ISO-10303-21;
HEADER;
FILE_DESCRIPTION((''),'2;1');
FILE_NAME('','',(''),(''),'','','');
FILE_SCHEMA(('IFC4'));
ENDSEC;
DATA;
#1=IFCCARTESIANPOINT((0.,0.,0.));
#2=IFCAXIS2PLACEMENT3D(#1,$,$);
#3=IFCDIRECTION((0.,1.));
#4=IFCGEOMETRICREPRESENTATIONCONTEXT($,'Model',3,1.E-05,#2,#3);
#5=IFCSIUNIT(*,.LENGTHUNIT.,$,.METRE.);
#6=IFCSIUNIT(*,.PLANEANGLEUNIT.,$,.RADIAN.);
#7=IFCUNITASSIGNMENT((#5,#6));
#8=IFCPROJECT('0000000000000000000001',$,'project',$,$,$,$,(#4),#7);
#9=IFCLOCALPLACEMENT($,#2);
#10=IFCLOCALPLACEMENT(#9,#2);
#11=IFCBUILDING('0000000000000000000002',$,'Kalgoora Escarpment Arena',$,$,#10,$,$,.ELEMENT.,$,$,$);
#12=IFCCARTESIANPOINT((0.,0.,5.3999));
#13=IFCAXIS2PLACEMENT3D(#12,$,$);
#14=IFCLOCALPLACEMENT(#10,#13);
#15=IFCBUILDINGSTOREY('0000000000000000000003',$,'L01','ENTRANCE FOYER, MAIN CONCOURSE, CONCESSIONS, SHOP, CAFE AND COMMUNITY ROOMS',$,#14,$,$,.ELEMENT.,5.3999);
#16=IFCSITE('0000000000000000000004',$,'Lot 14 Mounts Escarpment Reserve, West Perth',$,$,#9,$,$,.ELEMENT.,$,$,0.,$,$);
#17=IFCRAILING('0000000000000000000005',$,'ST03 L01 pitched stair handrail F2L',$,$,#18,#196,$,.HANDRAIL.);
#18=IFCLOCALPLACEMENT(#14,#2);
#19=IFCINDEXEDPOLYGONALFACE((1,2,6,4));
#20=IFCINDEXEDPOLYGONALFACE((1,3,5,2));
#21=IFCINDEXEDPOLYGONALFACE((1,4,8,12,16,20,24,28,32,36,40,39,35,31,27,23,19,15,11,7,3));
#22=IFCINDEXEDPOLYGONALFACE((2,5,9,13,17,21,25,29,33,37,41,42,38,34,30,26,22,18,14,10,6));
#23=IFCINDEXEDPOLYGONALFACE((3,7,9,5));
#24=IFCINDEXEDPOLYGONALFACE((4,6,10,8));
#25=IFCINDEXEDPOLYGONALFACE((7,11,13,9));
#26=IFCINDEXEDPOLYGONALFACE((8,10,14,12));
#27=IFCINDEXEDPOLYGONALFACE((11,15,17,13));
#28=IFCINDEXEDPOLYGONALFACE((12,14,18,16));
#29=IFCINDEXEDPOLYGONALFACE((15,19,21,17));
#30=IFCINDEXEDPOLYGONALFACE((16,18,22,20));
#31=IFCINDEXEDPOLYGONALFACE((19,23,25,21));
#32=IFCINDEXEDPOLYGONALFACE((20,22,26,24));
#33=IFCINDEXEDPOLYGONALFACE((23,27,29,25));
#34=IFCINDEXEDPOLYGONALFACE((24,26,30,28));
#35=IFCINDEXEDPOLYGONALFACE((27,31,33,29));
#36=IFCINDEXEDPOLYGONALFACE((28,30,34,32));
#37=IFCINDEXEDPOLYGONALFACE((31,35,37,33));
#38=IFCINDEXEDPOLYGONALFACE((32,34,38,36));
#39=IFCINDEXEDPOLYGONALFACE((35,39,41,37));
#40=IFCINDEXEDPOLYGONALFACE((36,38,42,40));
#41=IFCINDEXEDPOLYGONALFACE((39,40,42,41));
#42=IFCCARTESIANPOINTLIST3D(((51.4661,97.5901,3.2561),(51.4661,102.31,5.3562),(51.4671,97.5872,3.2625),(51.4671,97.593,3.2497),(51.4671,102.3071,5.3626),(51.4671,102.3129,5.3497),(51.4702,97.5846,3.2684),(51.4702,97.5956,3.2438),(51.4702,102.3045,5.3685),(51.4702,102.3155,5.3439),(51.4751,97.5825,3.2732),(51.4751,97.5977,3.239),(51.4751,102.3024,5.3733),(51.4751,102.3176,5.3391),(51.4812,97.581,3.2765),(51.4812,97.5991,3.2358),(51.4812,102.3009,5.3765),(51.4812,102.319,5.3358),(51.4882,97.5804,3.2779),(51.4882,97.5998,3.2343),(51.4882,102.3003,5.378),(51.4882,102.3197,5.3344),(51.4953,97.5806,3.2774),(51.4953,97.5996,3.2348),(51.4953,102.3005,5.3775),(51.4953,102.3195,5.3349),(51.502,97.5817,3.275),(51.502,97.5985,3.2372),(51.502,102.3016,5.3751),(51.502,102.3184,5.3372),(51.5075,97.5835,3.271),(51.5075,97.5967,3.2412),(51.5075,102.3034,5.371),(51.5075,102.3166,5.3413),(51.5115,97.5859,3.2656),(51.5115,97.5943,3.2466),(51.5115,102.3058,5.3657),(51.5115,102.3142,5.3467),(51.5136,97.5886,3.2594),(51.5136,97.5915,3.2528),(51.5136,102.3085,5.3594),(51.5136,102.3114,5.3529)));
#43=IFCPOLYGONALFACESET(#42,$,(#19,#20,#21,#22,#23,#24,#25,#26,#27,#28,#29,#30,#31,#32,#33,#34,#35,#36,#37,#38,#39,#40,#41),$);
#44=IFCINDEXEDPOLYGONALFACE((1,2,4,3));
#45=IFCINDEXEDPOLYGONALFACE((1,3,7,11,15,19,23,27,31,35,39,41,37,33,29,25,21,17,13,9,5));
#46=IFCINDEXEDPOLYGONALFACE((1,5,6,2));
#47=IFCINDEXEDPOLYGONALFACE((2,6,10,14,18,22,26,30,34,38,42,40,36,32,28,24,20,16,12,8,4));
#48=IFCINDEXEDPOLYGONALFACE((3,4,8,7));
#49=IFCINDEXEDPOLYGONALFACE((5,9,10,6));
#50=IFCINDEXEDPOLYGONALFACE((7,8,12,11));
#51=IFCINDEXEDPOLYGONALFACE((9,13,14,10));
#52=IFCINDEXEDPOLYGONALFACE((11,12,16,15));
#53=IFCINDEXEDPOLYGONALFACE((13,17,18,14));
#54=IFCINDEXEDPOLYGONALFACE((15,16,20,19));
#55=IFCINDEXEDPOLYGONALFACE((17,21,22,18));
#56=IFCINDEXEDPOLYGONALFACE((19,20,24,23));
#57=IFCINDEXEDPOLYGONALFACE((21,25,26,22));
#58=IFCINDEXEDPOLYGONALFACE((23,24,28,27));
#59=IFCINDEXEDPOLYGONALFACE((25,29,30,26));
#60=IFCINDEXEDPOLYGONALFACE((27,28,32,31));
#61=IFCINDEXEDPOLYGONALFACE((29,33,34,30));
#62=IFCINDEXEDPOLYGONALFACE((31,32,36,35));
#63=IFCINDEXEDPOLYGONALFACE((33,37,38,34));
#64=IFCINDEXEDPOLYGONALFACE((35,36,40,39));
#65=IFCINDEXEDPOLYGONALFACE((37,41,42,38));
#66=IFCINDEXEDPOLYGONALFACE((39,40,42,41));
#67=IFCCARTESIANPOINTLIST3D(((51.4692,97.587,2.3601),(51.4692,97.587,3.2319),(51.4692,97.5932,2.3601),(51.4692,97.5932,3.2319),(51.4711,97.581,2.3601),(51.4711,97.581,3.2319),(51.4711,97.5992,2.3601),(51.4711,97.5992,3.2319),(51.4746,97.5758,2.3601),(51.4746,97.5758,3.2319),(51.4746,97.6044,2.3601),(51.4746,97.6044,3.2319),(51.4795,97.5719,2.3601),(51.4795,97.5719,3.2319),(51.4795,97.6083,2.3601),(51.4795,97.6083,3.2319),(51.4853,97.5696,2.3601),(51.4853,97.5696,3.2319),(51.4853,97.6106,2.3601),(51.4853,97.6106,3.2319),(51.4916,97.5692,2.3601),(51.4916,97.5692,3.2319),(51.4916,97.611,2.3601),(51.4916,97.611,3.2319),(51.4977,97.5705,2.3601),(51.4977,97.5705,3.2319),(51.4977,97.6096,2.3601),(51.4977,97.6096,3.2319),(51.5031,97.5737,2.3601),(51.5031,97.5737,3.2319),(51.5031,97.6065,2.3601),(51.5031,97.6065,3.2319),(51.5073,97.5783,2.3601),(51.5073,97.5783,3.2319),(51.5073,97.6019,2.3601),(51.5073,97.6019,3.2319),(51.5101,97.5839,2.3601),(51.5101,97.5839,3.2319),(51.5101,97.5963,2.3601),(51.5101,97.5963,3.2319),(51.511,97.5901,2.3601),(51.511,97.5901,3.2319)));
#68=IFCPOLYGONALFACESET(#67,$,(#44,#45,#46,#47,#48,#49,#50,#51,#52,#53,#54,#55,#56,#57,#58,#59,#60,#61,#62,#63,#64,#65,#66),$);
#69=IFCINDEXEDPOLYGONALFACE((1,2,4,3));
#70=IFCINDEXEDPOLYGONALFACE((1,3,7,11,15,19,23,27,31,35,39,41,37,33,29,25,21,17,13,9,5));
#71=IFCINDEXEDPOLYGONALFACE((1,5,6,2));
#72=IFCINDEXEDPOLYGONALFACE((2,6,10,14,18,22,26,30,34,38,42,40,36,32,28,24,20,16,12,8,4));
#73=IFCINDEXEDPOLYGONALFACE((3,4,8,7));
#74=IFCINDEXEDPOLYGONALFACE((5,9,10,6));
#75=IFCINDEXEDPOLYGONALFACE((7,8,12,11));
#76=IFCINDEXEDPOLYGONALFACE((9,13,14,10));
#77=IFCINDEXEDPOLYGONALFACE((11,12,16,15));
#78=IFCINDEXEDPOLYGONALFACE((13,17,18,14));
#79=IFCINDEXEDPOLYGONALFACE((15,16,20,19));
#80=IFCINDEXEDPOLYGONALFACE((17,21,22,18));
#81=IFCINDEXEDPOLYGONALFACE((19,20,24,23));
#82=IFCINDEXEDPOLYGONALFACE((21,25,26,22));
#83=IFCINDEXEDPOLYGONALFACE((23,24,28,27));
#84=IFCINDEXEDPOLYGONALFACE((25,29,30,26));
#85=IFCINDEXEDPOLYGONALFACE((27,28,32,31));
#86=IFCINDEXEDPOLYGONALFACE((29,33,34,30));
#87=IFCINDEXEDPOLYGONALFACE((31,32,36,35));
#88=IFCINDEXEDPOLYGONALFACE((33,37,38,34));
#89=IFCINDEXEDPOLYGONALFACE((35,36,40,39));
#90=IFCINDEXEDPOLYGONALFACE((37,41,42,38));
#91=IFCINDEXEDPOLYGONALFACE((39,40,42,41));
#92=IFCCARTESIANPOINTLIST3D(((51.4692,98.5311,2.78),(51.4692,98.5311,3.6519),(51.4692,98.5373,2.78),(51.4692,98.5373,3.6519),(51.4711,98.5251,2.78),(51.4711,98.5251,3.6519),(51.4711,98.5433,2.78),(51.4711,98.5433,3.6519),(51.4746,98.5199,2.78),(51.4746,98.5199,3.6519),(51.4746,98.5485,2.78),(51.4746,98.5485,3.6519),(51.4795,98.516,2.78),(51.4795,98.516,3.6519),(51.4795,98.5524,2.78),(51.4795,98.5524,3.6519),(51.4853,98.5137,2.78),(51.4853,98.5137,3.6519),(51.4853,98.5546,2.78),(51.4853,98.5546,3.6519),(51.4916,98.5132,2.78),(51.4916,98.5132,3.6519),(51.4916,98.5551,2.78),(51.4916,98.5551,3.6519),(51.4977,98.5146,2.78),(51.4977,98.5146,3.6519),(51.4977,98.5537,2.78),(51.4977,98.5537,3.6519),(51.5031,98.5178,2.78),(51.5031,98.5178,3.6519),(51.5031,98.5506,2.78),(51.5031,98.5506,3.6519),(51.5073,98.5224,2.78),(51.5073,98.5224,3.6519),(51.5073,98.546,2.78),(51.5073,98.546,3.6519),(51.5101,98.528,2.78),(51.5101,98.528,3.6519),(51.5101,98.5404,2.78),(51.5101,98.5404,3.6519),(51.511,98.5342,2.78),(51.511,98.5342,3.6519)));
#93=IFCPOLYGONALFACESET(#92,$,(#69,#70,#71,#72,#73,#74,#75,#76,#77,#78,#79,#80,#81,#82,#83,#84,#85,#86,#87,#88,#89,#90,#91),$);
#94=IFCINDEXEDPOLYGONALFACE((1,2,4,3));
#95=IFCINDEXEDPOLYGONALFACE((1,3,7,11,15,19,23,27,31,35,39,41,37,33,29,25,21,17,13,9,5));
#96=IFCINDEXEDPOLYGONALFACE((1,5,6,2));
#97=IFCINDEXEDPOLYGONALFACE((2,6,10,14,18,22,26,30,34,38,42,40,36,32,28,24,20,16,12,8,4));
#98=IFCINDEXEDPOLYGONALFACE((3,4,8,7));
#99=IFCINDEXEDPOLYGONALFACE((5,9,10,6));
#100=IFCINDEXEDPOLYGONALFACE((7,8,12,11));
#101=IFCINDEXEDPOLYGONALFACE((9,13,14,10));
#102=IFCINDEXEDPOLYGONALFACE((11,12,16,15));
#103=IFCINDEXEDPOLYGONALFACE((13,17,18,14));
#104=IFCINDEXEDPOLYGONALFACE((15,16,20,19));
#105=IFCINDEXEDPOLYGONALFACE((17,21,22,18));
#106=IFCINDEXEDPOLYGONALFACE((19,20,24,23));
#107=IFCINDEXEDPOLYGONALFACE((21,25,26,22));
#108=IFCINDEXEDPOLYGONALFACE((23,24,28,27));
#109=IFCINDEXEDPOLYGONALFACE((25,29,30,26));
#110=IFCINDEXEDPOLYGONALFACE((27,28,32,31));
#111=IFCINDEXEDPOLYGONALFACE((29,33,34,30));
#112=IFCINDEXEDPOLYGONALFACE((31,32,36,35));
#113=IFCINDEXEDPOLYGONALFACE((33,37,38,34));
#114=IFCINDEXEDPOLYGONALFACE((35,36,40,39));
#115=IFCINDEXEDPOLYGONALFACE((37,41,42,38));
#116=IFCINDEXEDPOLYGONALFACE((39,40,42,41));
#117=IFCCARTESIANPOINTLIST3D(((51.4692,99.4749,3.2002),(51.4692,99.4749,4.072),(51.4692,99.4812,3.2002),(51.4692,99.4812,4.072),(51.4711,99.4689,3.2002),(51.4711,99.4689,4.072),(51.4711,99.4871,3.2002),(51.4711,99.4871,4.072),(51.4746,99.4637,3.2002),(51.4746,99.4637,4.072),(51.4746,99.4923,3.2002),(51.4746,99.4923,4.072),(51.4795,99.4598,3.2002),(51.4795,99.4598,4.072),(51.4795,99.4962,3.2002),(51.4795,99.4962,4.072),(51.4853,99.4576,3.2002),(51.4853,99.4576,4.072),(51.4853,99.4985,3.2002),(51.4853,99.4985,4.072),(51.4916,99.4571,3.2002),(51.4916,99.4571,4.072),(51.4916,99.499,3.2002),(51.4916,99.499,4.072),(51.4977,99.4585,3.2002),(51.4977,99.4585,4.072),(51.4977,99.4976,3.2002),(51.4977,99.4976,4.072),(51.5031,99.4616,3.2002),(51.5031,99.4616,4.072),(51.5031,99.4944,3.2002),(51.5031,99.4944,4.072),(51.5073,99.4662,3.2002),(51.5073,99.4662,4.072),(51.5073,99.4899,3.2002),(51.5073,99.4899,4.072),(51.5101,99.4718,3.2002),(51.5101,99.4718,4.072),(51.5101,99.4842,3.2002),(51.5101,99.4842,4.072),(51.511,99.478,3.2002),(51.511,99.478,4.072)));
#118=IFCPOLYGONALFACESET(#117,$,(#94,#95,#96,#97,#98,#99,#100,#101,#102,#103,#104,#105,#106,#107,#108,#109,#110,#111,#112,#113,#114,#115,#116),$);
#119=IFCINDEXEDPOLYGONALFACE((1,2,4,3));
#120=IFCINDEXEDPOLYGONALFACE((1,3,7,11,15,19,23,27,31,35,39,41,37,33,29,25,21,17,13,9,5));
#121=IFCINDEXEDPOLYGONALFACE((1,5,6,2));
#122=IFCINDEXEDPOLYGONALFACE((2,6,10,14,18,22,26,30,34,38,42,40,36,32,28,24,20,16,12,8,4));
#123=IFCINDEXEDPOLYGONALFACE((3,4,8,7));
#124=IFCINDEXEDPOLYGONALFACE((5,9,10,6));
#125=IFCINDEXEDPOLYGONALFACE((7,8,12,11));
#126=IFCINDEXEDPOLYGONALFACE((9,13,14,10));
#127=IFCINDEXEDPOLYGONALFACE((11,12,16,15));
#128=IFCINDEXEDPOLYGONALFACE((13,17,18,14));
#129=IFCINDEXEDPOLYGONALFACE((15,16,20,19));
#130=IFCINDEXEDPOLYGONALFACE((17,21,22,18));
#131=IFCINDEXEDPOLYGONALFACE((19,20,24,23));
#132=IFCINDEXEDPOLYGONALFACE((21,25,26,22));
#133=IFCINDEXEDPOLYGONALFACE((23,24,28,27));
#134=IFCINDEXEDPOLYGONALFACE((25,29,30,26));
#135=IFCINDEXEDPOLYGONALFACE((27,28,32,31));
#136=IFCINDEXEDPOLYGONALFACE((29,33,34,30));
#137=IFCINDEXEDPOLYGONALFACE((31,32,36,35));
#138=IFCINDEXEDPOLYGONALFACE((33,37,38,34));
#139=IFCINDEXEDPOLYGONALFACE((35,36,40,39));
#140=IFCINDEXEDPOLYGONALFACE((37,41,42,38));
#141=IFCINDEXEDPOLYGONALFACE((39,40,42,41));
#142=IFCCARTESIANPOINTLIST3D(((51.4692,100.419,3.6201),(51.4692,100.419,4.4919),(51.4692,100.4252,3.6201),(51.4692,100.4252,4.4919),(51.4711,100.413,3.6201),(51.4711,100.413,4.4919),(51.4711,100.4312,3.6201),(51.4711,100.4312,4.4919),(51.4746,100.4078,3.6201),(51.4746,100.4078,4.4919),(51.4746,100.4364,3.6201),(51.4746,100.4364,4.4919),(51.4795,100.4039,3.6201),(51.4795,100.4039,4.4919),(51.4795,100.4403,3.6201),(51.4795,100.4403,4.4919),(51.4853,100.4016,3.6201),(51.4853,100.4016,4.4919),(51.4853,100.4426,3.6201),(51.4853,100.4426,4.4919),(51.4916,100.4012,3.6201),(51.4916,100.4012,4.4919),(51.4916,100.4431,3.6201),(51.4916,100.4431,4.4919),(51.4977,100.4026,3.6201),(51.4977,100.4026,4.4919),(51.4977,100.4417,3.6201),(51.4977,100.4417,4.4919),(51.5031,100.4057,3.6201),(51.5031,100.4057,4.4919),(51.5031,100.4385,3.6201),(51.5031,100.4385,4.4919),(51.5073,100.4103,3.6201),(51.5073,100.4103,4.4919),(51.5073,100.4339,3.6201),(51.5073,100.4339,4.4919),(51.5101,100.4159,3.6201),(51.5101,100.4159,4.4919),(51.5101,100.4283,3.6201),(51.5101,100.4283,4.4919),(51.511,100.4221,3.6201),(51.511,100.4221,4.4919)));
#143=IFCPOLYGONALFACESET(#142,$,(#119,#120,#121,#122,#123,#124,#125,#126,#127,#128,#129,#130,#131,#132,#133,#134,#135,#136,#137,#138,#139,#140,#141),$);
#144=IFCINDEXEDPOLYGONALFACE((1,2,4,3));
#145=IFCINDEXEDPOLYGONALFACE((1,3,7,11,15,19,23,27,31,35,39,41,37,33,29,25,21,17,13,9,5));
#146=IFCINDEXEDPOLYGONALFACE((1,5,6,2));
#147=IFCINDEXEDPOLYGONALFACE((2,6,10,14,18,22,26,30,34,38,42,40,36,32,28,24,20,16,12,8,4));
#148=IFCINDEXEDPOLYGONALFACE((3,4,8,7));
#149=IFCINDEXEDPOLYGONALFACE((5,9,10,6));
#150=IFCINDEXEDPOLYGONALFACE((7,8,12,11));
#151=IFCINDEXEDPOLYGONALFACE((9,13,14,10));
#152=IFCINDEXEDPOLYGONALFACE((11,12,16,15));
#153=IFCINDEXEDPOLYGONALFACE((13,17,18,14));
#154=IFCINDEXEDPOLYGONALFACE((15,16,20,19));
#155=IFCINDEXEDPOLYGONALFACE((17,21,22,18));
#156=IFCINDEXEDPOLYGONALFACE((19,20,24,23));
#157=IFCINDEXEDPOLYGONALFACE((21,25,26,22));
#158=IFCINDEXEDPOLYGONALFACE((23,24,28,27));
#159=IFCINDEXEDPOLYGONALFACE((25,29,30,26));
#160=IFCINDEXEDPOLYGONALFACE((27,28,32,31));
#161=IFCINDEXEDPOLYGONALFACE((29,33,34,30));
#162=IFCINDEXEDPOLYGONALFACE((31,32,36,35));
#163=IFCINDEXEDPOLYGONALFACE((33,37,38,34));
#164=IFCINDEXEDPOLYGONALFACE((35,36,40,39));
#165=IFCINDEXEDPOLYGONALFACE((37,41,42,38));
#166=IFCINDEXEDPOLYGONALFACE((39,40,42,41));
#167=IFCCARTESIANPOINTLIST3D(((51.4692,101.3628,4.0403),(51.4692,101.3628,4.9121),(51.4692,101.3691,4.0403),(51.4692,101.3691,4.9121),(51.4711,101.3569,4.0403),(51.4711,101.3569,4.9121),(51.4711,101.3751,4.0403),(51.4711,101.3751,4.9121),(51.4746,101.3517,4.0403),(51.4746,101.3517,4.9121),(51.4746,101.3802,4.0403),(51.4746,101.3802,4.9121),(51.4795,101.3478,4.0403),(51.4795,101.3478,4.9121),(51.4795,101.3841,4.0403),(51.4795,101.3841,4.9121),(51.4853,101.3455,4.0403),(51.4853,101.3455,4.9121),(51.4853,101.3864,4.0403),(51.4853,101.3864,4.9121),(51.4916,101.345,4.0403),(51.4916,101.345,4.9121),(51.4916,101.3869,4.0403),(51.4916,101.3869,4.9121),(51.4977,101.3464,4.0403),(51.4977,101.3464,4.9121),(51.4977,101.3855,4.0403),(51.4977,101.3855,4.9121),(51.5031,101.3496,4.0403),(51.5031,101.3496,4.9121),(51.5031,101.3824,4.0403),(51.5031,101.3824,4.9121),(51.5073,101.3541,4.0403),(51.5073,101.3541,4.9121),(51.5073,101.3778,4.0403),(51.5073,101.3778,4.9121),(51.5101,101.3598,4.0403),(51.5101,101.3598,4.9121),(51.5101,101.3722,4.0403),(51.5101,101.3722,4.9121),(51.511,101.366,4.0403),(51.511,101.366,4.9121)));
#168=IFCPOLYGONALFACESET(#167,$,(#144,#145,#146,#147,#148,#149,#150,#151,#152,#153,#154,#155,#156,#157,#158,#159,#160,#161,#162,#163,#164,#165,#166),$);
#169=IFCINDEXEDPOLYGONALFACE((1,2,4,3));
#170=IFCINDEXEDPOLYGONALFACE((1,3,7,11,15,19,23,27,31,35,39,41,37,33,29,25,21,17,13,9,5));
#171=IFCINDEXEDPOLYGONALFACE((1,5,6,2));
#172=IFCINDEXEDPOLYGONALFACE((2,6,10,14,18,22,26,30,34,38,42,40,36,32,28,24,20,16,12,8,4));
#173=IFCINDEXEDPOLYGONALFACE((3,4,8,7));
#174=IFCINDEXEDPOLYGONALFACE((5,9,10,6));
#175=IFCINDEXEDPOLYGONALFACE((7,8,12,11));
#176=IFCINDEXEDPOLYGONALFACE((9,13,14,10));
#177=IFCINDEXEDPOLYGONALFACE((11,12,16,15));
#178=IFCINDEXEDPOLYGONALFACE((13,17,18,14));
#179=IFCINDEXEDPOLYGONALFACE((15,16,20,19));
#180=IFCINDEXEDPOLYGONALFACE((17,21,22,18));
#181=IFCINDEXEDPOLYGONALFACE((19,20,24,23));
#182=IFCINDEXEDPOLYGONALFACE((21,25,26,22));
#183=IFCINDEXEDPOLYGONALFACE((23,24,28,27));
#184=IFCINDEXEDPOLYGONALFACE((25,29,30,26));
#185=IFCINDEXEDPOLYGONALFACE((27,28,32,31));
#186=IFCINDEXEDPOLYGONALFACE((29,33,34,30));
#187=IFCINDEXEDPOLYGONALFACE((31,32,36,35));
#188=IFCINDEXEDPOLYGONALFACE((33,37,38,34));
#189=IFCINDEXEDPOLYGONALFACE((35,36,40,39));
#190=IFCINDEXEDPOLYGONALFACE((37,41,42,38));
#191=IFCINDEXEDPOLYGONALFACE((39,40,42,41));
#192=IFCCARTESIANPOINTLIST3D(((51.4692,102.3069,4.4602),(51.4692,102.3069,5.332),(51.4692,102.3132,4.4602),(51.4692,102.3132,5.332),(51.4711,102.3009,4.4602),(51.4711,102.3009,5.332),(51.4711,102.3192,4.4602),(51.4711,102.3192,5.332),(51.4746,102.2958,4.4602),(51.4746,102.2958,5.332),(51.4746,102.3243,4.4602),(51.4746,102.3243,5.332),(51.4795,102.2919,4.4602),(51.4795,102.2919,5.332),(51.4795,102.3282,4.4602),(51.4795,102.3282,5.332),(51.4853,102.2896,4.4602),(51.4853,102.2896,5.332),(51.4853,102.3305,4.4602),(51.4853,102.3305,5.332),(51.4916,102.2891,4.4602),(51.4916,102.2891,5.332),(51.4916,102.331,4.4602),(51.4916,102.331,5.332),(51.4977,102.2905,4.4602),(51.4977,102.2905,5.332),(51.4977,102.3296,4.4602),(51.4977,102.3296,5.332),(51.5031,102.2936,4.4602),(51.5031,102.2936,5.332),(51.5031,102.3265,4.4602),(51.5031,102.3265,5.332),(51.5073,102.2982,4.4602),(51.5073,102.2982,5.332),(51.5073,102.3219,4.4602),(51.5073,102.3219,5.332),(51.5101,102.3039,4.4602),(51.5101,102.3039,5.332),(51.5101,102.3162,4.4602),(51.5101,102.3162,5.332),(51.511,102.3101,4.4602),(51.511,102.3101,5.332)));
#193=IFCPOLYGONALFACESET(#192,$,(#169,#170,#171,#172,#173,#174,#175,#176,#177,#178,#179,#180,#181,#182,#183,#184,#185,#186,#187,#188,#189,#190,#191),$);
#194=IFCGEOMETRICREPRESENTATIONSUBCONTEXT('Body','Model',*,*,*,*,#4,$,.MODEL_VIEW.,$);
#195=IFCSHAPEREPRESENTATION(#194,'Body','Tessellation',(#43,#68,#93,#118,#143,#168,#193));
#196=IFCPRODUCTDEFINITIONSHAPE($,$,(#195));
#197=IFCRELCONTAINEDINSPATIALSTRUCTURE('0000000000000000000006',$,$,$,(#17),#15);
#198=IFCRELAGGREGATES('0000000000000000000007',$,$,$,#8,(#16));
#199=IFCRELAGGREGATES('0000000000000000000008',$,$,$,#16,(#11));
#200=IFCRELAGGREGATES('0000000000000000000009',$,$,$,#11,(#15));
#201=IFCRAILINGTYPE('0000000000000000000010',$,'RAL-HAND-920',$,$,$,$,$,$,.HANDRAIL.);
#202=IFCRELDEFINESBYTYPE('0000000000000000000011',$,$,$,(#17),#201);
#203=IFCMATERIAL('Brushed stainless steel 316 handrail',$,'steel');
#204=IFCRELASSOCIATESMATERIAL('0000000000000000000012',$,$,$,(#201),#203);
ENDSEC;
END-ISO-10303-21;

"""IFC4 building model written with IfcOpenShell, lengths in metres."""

from ifc_helpers import new_model, si_unit, direction, frame, origin, origin_2d, place, context, subcontext, project, spatial, circle, extrude, material, type_object, element, save


model = new_model("IFC4")

# Units and contexts
model_context = context("Model", 3, precision=1e-05, world=origin(), true_north=direction((0.0, 1.0)))
body_context = subcontext(model_context, "Body", "Model", "MODEL_VIEW")
ifc_project = project(units=[si_unit("LENGTHUNIT", "METRE"), si_unit("PLANEANGLEUNIT", "RADIAN")], contexts=[model_context])

# Site, building, storey
site_placement = place(None, origin())
site = spatial("IfcSite", under=ifc_project, at=site_placement, Name="Lot 14 Mounts Escarpment Reserve, West Perth", CompositionType="ELEMENT", RefElevation=0.0)
building_placement = place(site_placement, origin())
building = spatial("IfcBuilding", under=site, at=building_placement, Name="Kalgoora Escarpment Arena", CompositionType="ELEMENT")
storey_placement = place(building_placement, frame((0.0, 0.0, 5.3999)))
storey = spatial("IfcBuildingStorey", under=building, at=storey_placement, Name="L01", Description="ENTRANCE FOYER, MAIN CONCOURSE, CONCESSIONS, SHOP, CAFE AND COMMUNITY ROOMS", CompositionType="ELEMENT", Elevation=5.3999)

# Railing
ifc_material_1 = material(Name="Brushed stainless steel 316 handrail", Category="steel")
railing_type_1 = type_object("IfcRailingType", Name="RAL-HAND-920", PredefinedType="HANDRAIL", material=ifc_material_1)
for number, where, name in (
    (1, (51.49, 97.5901, 2.3601), "ST03 L01 pitched stair handrail F2L"),
):
    element("IfcRailing", number, at=place(storey_placement, frame(where)), inside=storey, type_object=railing_type_1, Name=name, PredefinedType="HANDRAIL", context=body_context, shape_type="SweptSolid", body=[
        extrude(circle(Radius=0.0239, at=origin_2d()), frame((0.0, 0.0, 0.896), z_axis=(0.0, 0.913644, 0.406516), x_axis=(-1.0, 0.0, 0.0)), (0.0, 0.0, 1.0), 5.166),
        extrude(circle(Radius=0.021, at=origin_2d()), origin(), (0.0, 0.0, 1.0), 0.8718),
        extrude(circle(Radius=0.021, at=origin_2d()), frame((0.0, 0.9441, 0.4199)), (0.0, 0.0, 1.0), 0.8718),
        extrude(circle(Radius=0.021, at=origin_2d()), frame((0.0, 1.8879, 0.8401)), (0.0, 0.0, 1.0), 0.8718),
        extrude(circle(Radius=0.021, at=origin_2d()), frame((0.0, 2.832, 1.26)), (0.0, 0.0, 1.0), 0.8718),
        extrude(circle(Radius=0.021, at=origin_2d()), frame((0.0, 3.7759, 1.6802)), (0.0, 0.0, 1.0), 0.8718),
        extrude(circle(Radius=0.021, at=origin_2d()), frame((0.0, 4.72, 2.1001)), (0.0, 0.0, 1.0), 0.8718),
    ])

save(model, "model.ifc")
